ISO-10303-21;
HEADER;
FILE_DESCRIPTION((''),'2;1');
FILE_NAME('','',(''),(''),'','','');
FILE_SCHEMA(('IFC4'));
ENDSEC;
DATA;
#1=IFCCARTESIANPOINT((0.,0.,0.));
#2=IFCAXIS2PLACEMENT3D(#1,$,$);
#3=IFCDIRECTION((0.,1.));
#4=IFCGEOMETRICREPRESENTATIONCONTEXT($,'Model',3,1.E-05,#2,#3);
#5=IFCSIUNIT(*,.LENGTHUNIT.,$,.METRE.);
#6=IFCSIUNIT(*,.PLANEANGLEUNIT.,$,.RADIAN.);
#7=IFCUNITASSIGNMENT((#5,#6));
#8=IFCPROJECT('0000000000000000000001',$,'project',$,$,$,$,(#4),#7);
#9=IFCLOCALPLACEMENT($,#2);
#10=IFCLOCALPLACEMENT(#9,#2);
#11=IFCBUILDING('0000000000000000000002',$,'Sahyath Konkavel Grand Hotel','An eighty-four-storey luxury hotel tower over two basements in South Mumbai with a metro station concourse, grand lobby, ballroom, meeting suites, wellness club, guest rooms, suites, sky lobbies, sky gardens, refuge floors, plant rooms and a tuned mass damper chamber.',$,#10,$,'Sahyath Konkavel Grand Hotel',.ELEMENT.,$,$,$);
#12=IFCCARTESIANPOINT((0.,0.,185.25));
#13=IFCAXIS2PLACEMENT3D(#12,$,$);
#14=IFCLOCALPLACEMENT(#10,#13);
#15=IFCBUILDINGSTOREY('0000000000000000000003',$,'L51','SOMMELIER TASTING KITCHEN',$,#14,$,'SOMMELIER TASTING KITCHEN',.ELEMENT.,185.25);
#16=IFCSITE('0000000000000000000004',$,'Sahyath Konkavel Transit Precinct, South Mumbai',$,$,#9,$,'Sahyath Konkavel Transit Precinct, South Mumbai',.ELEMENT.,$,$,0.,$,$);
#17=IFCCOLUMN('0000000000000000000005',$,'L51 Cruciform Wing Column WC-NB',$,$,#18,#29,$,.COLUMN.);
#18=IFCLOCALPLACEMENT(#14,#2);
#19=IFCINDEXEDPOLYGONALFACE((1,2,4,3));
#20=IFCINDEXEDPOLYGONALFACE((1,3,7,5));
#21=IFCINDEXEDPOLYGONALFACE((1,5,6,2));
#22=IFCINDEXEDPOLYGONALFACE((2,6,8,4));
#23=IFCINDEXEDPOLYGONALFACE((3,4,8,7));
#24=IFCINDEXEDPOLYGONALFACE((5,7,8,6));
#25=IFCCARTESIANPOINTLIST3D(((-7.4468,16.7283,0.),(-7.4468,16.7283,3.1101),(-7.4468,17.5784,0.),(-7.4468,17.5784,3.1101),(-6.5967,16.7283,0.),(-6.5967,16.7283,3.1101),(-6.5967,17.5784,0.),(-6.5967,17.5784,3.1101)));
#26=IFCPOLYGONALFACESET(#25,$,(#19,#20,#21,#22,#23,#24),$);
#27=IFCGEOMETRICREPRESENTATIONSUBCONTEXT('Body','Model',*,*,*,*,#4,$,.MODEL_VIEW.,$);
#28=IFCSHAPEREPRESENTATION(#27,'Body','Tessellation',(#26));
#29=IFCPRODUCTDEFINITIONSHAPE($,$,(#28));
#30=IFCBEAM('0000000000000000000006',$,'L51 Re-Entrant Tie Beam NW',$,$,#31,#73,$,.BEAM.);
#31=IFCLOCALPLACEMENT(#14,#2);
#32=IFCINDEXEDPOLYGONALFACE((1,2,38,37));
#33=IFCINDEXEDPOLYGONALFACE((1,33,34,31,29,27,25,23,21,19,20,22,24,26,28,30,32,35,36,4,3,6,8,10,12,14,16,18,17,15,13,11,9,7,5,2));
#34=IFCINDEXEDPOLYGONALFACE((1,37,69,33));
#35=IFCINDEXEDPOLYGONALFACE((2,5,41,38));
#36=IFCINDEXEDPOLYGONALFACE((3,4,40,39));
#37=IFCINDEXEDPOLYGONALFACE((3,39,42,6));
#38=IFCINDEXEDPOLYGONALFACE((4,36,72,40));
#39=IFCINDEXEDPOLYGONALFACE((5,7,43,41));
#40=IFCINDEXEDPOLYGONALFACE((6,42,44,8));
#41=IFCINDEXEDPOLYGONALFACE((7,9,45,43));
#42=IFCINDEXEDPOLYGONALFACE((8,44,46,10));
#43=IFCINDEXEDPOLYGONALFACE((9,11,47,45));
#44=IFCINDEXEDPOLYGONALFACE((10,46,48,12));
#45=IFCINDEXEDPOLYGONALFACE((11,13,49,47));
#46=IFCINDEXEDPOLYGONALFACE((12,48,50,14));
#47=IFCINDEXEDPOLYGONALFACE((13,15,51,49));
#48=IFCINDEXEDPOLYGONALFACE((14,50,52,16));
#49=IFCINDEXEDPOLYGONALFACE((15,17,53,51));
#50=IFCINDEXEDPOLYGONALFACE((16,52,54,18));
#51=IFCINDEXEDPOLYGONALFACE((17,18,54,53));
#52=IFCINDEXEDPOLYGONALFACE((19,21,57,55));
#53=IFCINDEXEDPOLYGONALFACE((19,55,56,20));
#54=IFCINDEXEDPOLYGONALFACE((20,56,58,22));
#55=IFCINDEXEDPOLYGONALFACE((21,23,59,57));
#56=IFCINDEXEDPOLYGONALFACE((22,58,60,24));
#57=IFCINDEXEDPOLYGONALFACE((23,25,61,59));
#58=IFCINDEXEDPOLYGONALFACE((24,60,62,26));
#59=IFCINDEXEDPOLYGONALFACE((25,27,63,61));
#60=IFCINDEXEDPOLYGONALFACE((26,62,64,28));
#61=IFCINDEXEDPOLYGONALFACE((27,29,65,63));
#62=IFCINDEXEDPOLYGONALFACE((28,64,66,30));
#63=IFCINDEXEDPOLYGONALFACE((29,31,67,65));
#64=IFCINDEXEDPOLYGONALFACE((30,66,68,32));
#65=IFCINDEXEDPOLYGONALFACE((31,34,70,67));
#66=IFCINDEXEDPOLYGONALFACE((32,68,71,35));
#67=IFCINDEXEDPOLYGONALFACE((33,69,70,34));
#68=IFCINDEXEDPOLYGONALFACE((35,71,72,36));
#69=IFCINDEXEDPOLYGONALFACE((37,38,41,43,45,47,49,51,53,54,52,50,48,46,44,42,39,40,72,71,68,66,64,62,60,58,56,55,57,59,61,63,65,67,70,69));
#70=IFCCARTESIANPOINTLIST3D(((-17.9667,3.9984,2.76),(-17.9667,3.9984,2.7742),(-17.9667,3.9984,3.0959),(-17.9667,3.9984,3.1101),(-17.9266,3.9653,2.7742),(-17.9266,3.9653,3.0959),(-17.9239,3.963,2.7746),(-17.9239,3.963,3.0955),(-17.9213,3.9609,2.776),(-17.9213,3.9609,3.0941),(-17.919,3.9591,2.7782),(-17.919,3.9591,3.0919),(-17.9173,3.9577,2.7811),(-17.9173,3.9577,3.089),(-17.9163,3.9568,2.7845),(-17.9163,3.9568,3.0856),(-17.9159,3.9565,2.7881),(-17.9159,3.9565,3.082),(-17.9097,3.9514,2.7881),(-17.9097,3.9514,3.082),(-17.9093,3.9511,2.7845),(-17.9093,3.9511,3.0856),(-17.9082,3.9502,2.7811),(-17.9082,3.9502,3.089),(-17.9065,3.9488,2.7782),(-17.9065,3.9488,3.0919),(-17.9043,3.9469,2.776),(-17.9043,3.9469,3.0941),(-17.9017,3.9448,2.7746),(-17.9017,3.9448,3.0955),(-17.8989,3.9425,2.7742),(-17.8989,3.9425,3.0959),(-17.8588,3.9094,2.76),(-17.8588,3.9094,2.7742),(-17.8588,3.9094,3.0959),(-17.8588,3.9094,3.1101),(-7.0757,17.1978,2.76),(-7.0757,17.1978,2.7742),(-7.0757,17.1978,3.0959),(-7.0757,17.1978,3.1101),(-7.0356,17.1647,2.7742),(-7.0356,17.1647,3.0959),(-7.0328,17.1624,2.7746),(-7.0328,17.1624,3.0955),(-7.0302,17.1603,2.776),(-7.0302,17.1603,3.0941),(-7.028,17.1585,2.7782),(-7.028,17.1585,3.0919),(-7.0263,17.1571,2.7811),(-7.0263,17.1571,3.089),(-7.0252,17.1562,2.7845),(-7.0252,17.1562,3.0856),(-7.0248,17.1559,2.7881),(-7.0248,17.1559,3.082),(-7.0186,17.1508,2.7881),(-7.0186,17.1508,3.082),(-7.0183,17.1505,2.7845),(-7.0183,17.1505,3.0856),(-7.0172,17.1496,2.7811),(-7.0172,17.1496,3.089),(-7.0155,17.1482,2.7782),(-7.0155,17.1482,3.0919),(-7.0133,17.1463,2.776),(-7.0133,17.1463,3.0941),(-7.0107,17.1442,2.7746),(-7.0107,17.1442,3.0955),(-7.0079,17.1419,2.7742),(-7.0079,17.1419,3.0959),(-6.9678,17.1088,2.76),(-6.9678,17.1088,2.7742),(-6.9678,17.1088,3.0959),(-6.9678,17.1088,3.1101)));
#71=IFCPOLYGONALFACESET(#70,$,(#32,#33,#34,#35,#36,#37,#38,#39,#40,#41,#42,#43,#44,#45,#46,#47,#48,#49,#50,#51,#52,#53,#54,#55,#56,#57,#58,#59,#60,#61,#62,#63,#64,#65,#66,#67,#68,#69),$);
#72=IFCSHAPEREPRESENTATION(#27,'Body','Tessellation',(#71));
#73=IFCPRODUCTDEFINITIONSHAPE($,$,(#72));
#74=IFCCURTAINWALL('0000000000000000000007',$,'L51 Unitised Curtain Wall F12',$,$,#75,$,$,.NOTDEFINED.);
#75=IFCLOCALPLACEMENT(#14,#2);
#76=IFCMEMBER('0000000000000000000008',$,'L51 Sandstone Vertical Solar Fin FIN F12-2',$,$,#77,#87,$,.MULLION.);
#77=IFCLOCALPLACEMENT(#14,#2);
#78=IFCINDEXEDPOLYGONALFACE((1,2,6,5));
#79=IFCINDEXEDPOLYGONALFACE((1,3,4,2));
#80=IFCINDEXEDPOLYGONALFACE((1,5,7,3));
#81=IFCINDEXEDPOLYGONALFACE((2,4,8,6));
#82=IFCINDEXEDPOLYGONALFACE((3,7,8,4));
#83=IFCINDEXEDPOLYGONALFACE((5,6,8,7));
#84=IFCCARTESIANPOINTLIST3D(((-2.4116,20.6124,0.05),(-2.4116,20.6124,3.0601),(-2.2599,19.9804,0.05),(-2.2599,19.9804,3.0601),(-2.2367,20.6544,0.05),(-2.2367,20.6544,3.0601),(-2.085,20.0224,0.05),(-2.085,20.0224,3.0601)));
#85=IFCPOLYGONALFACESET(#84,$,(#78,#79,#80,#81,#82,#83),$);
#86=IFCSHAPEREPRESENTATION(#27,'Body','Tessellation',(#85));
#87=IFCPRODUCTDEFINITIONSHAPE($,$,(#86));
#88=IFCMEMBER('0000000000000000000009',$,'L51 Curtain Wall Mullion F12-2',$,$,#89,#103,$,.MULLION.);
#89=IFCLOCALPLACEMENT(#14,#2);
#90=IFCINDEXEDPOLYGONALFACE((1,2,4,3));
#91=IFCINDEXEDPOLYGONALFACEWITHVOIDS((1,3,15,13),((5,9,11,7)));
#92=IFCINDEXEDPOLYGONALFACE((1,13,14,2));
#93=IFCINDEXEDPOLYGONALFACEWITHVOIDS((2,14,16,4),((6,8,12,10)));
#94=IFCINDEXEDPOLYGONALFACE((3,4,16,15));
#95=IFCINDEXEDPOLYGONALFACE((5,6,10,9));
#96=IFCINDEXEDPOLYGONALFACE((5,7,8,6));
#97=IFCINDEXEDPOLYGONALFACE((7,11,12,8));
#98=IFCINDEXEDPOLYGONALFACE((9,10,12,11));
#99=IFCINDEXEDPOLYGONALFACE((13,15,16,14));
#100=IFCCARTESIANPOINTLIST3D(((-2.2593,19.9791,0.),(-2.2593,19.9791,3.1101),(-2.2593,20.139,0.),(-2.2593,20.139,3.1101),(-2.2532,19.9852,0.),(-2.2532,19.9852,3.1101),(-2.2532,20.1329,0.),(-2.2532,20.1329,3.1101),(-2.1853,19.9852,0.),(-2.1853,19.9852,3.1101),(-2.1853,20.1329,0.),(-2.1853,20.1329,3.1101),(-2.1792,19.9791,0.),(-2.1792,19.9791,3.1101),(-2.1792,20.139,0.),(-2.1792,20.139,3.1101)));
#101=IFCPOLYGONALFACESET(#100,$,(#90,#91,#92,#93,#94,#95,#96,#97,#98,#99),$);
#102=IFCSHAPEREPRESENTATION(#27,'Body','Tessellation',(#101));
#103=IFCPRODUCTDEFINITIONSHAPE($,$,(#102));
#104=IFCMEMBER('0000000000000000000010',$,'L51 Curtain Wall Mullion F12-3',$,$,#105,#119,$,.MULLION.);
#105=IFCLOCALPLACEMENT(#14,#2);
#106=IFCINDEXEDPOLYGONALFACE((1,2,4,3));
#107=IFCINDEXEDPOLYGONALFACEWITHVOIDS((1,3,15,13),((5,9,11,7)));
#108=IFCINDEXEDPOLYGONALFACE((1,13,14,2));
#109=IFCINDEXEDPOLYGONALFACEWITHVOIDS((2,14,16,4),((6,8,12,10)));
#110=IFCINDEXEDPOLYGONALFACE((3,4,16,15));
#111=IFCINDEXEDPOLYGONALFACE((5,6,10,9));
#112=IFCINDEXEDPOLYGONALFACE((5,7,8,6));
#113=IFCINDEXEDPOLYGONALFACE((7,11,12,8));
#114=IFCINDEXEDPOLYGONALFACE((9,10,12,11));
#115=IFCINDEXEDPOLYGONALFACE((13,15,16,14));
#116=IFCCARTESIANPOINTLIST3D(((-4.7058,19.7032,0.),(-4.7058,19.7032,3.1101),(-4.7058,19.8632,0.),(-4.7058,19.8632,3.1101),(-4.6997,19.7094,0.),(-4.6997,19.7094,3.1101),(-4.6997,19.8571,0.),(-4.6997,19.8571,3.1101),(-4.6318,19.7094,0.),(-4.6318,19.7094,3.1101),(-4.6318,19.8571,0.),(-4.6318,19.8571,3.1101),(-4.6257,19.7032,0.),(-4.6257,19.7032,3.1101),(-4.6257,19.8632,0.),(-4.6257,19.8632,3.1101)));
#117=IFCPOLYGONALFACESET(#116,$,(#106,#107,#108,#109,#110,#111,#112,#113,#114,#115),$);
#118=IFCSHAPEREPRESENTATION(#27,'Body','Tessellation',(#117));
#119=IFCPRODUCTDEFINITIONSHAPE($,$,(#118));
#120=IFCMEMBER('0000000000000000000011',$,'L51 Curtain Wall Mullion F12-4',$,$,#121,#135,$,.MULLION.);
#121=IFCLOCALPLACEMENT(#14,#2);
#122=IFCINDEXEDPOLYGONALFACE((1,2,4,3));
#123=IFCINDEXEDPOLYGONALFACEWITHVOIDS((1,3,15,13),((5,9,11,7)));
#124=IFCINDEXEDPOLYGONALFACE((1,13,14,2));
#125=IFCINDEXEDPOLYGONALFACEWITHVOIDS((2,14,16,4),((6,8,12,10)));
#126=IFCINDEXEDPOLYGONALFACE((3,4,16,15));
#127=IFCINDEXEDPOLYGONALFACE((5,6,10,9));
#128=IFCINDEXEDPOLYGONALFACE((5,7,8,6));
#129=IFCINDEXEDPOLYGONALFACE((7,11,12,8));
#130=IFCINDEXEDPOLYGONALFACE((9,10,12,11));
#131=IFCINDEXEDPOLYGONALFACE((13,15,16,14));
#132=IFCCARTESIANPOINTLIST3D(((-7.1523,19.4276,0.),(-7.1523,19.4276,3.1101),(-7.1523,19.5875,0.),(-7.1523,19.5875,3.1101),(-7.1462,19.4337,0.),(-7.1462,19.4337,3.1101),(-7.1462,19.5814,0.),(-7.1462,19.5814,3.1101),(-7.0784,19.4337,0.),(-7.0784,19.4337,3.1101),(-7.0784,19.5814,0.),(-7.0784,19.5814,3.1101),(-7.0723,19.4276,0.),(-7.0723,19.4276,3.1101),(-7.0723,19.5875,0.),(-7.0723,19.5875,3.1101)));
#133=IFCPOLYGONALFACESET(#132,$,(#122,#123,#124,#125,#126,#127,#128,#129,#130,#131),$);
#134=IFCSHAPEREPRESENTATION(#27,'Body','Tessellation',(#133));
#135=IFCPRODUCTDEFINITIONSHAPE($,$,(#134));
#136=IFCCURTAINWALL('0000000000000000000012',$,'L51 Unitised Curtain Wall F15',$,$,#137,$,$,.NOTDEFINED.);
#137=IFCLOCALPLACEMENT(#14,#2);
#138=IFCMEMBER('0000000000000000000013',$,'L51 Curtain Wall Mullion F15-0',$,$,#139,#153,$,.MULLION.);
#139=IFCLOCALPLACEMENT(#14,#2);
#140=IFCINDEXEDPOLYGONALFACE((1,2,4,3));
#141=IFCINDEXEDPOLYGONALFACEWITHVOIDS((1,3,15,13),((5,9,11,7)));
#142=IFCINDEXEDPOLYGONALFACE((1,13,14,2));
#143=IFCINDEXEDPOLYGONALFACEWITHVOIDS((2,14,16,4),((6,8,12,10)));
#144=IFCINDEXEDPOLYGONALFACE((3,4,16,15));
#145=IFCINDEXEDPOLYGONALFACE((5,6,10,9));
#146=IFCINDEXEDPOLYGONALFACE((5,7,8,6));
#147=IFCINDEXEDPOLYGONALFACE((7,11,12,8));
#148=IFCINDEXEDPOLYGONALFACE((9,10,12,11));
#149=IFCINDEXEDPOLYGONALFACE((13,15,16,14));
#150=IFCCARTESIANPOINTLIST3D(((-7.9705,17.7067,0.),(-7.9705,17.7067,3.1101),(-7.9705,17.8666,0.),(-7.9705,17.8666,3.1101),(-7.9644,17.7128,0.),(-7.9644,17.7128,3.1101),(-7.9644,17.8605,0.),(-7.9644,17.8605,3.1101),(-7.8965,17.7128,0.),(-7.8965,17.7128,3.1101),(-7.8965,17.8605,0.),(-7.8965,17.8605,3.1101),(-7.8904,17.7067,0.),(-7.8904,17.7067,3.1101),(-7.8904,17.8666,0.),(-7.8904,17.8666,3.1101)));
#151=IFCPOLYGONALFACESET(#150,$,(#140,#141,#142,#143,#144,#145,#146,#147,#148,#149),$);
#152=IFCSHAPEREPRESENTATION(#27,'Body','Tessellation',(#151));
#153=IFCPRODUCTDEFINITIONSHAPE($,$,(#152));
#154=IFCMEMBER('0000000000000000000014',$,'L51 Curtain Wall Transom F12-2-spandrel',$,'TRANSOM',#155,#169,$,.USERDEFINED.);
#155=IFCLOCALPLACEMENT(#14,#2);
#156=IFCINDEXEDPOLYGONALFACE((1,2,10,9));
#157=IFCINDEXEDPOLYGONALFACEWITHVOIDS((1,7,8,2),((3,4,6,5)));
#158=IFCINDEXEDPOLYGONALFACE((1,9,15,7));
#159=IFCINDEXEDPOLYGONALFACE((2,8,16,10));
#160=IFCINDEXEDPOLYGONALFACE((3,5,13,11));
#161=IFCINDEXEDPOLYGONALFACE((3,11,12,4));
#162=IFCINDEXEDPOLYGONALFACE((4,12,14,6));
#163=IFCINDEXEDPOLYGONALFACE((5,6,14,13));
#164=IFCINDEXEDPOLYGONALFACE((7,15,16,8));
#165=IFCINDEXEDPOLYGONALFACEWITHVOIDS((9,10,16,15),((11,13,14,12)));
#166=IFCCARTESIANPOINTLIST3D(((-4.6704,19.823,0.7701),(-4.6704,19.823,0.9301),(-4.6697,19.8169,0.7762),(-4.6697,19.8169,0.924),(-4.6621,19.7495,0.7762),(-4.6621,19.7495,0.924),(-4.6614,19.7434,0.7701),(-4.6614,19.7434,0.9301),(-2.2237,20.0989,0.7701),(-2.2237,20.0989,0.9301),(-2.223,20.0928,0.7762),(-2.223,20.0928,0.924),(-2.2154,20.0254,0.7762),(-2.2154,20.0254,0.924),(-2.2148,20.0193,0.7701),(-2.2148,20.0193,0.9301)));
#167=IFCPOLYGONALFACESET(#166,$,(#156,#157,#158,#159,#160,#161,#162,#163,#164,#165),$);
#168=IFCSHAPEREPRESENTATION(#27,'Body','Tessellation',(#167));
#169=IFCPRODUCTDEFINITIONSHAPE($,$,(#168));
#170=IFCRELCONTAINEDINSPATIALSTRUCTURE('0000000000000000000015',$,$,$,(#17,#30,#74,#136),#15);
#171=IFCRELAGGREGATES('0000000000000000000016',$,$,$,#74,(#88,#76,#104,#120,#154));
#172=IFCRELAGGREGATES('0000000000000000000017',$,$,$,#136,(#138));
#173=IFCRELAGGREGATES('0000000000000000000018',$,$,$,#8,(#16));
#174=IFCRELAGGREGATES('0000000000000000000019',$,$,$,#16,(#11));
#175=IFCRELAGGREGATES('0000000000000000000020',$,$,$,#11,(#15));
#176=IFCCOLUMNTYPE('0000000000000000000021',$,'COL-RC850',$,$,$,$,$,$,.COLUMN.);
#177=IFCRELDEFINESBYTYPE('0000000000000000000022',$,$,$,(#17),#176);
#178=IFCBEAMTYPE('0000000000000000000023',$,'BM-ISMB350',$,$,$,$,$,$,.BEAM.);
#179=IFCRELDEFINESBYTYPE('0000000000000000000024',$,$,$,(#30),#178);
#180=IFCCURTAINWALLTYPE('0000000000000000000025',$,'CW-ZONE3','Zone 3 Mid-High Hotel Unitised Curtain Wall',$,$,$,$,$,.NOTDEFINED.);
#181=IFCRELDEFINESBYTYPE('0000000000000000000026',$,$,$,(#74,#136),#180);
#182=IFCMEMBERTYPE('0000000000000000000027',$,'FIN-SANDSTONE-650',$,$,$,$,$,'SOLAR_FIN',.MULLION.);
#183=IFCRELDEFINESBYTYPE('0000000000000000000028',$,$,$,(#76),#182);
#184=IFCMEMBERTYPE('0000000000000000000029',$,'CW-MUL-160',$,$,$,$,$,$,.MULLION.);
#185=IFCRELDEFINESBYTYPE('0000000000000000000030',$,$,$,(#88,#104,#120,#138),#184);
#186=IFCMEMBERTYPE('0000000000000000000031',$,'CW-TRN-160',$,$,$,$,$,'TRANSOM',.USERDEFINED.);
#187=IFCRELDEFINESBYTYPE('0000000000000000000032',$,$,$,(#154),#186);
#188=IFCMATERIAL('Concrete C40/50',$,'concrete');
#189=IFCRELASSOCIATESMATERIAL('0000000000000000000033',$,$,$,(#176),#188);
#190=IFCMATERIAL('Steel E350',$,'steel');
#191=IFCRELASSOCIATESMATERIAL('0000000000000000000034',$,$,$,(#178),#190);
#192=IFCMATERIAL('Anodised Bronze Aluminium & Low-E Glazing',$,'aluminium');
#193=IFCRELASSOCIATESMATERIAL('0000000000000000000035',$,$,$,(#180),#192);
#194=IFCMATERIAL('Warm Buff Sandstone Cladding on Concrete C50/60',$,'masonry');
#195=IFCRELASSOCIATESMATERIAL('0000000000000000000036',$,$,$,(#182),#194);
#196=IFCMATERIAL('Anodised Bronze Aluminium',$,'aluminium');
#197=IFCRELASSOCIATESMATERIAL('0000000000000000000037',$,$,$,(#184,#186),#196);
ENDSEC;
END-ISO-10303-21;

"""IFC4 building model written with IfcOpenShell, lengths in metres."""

from ifc_helpers import new_model, si_unit, direction, frame, origin, origin_2d, place, context, subcontext, project, spatial, rectangle, hollow_rectangle, i_section, extrude, source, transform, mapped, material, material_profile, profile_set, type_object, element, aggregate, save


model = new_model("IFC4")

# Units and contexts
model_context = context("Model", 3, precision=1e-05, world=origin(), true_north=direction((0.0, 1.0)))
body_context = subcontext(model_context, "Body", "Model", "MODEL_VIEW")
ifc_project = project(units=[si_unit("LENGTHUNIT", "METRE"), si_unit("PLANEANGLEUNIT", "RADIAN")], contexts=[model_context])

# Site, building, storey
site_placement = place(None, origin())
site = spatial("IfcSite", under=ifc_project, at=site_placement, Name="Sahyath Konkavel Transit Precinct, South Mumbai", LongName="Sahyath Konkavel Transit Precinct, South Mumbai", CompositionType="ELEMENT", RefElevation=0.0)
building_placement = place(site_placement, origin())
building = spatial("IfcBuilding", under=site, at=building_placement, Name="Sahyath Konkavel Grand Hotel", Description="An eighty-four-storey luxury hotel tower over two basements in South Mumbai with a metro station concourse, grand lobby, ballroom, meeting suites, wellness club, guest rooms, suites, sky lobbies, sky gardens, refuge floors, plant rooms and a tuned mass damper chamber.", LongName="Sahyath Konkavel Grand Hotel", CompositionType="ELEMENT")
storey_placement = place(building_placement, frame((0.0, 0.0, 185.25)))
storey = spatial("IfcBuildingStorey", under=building, at=storey_placement, Name="L51", Description="SOMMELIER TASTING KITCHEN", LongName="SOMMELIER TASTING KITCHEN", CompositionType="ELEMENT", Elevation=185.25)

# Column
ifc_material_1 = material(Name="Concrete C40/50", Category="concrete")
ifc_material_profile_1 = material_profile(ifc_material_1, rectangle(XDim=0.8501, YDim=0.8501, at=origin_2d()), Name="RC 850x850")
ifc_profile_set_1 = profile_set([ifc_material_profile_1], Name="Concrete C40/50")
column_type = type_object("IfcColumnType", Name="COL-RC850", PredefinedType="COLUMN", material=ifc_profile_set_1)
shared_shape_1 = source(origin(), body_context, "Body", "SweptSolid", [
    extrude(rectangle(XDim=0.8501, YDim=0.8501, at=origin_2d()), origin(), (0.0, 0.0, 1.0), 3.1101),
])
column_placement = place(storey_placement, frame((-7.0217, 17.1533, 0.0), z_axis=(0.0, 0.0, 1.0), x_axis=(1.0, 0.0, 0.0)))
element("IfcColumn", 1, at=column_placement, inside=storey, type_object=column_type, Name="L51 Cruciform Wing Column WC-NB", PredefinedType="COLUMN", context=body_context, shape_type="MappedRepresentation", body=[
    mapped(shared_shape_1, transform((0.0, 0.0, 0.0), scale=1.0)),
])

# Beam
ifc_material_2 = material(Name="Steel E350", Category="steel")
ifc_material_profile_2 = material_profile(ifc_material_2, i_section(OverallWidth=0.1399, OverallDepth=0.3501, WebThickness=0.0081, FlangeThickness=0.0142, FilletRadius=0.0139, at=origin_2d()), Name="ISMB 350")
ifc_profile_set_2 = profile_set([ifc_material_profile_2], Name="Steel E350")
beam_type_1 = type_object("IfcBeamType", Name="BM-ISMB350", PredefinedType="BEAM", material=ifc_profile_set_2)
shared_shape_2 = source(origin(), body_context, "Body", "SweptSolid", [
    extrude(i_section(OverallWidth=0.1399, OverallDepth=0.3501, WebThickness=0.0081, FlangeThickness=0.0142, FilletRadius=0.0139, at=origin_2d()), origin(), (0.0, 0.0, 1.0), 17.1125),
])
beam_1_placement = place(storey_placement, frame((-7.0217, 17.1533, 2.9351), z_axis=(-0.636437, -0.771329, 0.0), x_axis=(0.771329, -0.636437, 0.0)))
element("IfcBeam", 2, at=beam_1_placement, inside=storey, type_object=beam_type_1, Name="L51 Re-Entrant Tie Beam NW", PredefinedType="BEAM", context=body_context, shape_type="MappedRepresentation", body=[
    mapped(shared_shape_2, transform((0.0, 0.0, 0.0), scale=1.0)),
])

# Curtain wall, members
ifc_material_3 = material(Name="Anodised Bronze Aluminium & Low-E Glazing", Category="aluminium")
curtain_wall_type = type_object("IfcCurtainWallType", Name="CW-ZONE3", Description="Zone 3 Mid-High Hotel Unitised Curtain Wall", PredefinedType="NOTDEFINED", material=ifc_material_3)
curtain_wall_1_placement = place(storey_placement, origin())
curtain_wall_1 = element("IfcCurtainWall", 3, at=curtain_wall_1_placement, inside=storey, type_object=curtain_wall_type, Name="L51 Unitised Curtain Wall F12", PredefinedType="NOTDEFINED")
ifc_material_4 = material(Name="Warm Buff Sandstone Cladding on Concrete C50/60", Category="masonry")
ifc_material_profile_3 = material_profile(ifc_material_4, rectangle(XDim=0.1799, YDim=0.6499, at=origin_2d()), Name="FIN 180x650")
ifc_profile_set_3 = profile_set([ifc_material_profile_3], Name="Warm Buff Sandstone Cladding on Concrete C50/60")
member_type_1 = type_object("IfcMemberType", Name="FIN-SANDSTONE-650", ElementType="SOLAR_FIN", PredefinedType="MULLION", material=ifc_profile_set_3)
shared_shape_3 = source(origin(), body_context, "Body", "SweptSolid", [
    extrude(rectangle(XDim=0.1799, YDim=0.6499, at=origin_2d()), origin(), (0.0, 0.0, 1.0), 3.01),
])
member_1_placement = place(storey_placement, frame((-2.2483, 20.3174, 0.05), z_axis=(0.0, 0.0, 1.0), x_axis=(0.97237, 0.233445, 0.0)))
member_1 = element("IfcMember", 4, at=member_1_placement, type_object=member_type_1, Name="L51 Sandstone Vertical Solar Fin FIN F12-2", PredefinedType="MULLION", context=body_context, shape_type="MappedRepresentation", body=[
    mapped(shared_shape_3, transform((0.0, 0.0, 0.0), scale=1.0)),
])
ifc_material_5 = material(Name="Anodised Bronze Aluminium", Category="aluminium")
ifc_material_profile_4 = material_profile(ifc_material_5, hollow_rectangle(XDim=0.0801, YDim=0.1599, WallThickness=0.0061, at=origin_2d()), Name="RHS 160x80x6")
ifc_profile_set_4 = profile_set([ifc_material_profile_4], Name="Anodised Bronze Aluminium")
member_type_2 = type_object("IfcMemberType", Name="CW-MUL-160", PredefinedType="MULLION", material=ifc_profile_set_4)
shared_shape_4 = source(origin(), body_context, "Body", "SweptSolid", [
    extrude(hollow_rectangle(XDim=0.0801, YDim=0.1599, WallThickness=0.0061, at=origin_2d()), origin(), (0.0, 0.0, 1.0), 3.1101),
])
member_2_placement = place(storey_placement, frame((-2.2192, 20.0591, 0.0), z_axis=(0.0, 0.0, 1.0), x_axis=(1.0, 0.0, 0.0)))
member_2 = element("IfcMember", 5, at=member_2_placement, type_object=member_type_2, Name="L51 Curtain Wall Mullion F12-2", PredefinedType="MULLION", context=body_context, shape_type="MappedRepresentation", body=[
    mapped(shared_shape_4, transform((0.0, 0.0, 0.0), scale=1.0)),
])
member_3_placement = place(storey_placement, frame((-4.6658, 19.7832, 0.0), z_axis=(0.0, 0.0, 1.0), x_axis=(1.0, 0.0, 0.0)))
member_3 = element("IfcMember", 6, at=member_3_placement, type_object=member_type_2, Name="L51 Curtain Wall Mullion F12-3", PredefinedType="MULLION", context=body_context, shape_type="MappedRepresentation", body=[
    mapped(shared_shape_4, transform((0.0, 0.0, 0.0), scale=1.0)),
])
member_4_placement = place(storey_placement, frame((-7.1123, 19.5076, 0.0), z_axis=(0.0, 0.0, 1.0), x_axis=(1.0, 0.0, 0.0)))
member_4 = element("IfcMember", 7, at=member_4_placement, type_object=member_type_2, Name="L51 Curtain Wall Mullion F12-4", PredefinedType="MULLION", context=body_context, shape_type="MappedRepresentation", body=[
    mapped(shared_shape_4, transform((0.0, 0.0, 0.0), scale=1.0)),
])

# Curtain wall, member
curtain_wall_2_placement = place(storey_placement, origin())
curtain_wall_2 = element("IfcCurtainWall", 8, at=curtain_wall_2_placement, inside=storey, type_object=curtain_wall_type, Name="L51 Unitised Curtain Wall F15", PredefinedType="NOTDEFINED")
member_5_placement = place(storey_placement, frame((-7.9304, 17.7866, 0.0), z_axis=(0.0, 0.0, 1.0), x_axis=(1.0, 0.0, 0.0)))
member_5 = element("IfcMember", 9, at=member_5_placement, type_object=member_type_2, Name="L51 Curtain Wall Mullion F15-0", PredefinedType="MULLION", context=body_context, shape_type="MappedRepresentation", body=[
    mapped(shared_shape_4, transform((0.0, 0.0, 0.0), scale=1.0)),
])

# Member
ifc_material_profile_5 = material_profile(ifc_material_5, hollow_rectangle(XDim=0.0801, YDim=0.1599, WallThickness=0.0061, at=origin_2d()), Name="RHS 160x80x6")
ifc_profile_set_5 = profile_set([ifc_material_profile_5], Name="Anodised Bronze Aluminium")
member_type_3 = type_object("IfcMemberType", Name="CW-TRN-160", ElementType="TRANSOM", PredefinedType="USERDEFINED", material=ifc_profile_set_5)
shared_shape_5 = source(origin(), body_context, "Body", "SweptSolid", [
    extrude(hollow_rectangle(XDim=0.0801, YDim=0.1599, WallThickness=0.0061, at=origin_2d()), origin(), (0.0, 0.0, 1.0), 2.4622),
])
member_6_placement = place(storey_placement, frame((-2.2192, 20.0591, 0.8501), z_axis=(-0.993702, -0.112053, 0.0), x_axis=(0.112053, -0.993702, 0.0)))
member_6 = element("IfcMember", 10, at=member_6_placement, type_object=member_type_3, Name="L51 Curtain Wall Transom F12-2-spandrel", ObjectType="TRANSOM", PredefinedType="USERDEFINED", context=body_context, shape_type="MappedRepresentation", body=[
    mapped(shared_shape_5, transform((0.0, 0.0, 0.0), scale=1.0)),
])

aggregate(curtain_wall_1, [member_2, member_1, member_3, member_4, member_6])
aggregate(curtain_wall_2, [member_5])

save(model, "model.ifc")
